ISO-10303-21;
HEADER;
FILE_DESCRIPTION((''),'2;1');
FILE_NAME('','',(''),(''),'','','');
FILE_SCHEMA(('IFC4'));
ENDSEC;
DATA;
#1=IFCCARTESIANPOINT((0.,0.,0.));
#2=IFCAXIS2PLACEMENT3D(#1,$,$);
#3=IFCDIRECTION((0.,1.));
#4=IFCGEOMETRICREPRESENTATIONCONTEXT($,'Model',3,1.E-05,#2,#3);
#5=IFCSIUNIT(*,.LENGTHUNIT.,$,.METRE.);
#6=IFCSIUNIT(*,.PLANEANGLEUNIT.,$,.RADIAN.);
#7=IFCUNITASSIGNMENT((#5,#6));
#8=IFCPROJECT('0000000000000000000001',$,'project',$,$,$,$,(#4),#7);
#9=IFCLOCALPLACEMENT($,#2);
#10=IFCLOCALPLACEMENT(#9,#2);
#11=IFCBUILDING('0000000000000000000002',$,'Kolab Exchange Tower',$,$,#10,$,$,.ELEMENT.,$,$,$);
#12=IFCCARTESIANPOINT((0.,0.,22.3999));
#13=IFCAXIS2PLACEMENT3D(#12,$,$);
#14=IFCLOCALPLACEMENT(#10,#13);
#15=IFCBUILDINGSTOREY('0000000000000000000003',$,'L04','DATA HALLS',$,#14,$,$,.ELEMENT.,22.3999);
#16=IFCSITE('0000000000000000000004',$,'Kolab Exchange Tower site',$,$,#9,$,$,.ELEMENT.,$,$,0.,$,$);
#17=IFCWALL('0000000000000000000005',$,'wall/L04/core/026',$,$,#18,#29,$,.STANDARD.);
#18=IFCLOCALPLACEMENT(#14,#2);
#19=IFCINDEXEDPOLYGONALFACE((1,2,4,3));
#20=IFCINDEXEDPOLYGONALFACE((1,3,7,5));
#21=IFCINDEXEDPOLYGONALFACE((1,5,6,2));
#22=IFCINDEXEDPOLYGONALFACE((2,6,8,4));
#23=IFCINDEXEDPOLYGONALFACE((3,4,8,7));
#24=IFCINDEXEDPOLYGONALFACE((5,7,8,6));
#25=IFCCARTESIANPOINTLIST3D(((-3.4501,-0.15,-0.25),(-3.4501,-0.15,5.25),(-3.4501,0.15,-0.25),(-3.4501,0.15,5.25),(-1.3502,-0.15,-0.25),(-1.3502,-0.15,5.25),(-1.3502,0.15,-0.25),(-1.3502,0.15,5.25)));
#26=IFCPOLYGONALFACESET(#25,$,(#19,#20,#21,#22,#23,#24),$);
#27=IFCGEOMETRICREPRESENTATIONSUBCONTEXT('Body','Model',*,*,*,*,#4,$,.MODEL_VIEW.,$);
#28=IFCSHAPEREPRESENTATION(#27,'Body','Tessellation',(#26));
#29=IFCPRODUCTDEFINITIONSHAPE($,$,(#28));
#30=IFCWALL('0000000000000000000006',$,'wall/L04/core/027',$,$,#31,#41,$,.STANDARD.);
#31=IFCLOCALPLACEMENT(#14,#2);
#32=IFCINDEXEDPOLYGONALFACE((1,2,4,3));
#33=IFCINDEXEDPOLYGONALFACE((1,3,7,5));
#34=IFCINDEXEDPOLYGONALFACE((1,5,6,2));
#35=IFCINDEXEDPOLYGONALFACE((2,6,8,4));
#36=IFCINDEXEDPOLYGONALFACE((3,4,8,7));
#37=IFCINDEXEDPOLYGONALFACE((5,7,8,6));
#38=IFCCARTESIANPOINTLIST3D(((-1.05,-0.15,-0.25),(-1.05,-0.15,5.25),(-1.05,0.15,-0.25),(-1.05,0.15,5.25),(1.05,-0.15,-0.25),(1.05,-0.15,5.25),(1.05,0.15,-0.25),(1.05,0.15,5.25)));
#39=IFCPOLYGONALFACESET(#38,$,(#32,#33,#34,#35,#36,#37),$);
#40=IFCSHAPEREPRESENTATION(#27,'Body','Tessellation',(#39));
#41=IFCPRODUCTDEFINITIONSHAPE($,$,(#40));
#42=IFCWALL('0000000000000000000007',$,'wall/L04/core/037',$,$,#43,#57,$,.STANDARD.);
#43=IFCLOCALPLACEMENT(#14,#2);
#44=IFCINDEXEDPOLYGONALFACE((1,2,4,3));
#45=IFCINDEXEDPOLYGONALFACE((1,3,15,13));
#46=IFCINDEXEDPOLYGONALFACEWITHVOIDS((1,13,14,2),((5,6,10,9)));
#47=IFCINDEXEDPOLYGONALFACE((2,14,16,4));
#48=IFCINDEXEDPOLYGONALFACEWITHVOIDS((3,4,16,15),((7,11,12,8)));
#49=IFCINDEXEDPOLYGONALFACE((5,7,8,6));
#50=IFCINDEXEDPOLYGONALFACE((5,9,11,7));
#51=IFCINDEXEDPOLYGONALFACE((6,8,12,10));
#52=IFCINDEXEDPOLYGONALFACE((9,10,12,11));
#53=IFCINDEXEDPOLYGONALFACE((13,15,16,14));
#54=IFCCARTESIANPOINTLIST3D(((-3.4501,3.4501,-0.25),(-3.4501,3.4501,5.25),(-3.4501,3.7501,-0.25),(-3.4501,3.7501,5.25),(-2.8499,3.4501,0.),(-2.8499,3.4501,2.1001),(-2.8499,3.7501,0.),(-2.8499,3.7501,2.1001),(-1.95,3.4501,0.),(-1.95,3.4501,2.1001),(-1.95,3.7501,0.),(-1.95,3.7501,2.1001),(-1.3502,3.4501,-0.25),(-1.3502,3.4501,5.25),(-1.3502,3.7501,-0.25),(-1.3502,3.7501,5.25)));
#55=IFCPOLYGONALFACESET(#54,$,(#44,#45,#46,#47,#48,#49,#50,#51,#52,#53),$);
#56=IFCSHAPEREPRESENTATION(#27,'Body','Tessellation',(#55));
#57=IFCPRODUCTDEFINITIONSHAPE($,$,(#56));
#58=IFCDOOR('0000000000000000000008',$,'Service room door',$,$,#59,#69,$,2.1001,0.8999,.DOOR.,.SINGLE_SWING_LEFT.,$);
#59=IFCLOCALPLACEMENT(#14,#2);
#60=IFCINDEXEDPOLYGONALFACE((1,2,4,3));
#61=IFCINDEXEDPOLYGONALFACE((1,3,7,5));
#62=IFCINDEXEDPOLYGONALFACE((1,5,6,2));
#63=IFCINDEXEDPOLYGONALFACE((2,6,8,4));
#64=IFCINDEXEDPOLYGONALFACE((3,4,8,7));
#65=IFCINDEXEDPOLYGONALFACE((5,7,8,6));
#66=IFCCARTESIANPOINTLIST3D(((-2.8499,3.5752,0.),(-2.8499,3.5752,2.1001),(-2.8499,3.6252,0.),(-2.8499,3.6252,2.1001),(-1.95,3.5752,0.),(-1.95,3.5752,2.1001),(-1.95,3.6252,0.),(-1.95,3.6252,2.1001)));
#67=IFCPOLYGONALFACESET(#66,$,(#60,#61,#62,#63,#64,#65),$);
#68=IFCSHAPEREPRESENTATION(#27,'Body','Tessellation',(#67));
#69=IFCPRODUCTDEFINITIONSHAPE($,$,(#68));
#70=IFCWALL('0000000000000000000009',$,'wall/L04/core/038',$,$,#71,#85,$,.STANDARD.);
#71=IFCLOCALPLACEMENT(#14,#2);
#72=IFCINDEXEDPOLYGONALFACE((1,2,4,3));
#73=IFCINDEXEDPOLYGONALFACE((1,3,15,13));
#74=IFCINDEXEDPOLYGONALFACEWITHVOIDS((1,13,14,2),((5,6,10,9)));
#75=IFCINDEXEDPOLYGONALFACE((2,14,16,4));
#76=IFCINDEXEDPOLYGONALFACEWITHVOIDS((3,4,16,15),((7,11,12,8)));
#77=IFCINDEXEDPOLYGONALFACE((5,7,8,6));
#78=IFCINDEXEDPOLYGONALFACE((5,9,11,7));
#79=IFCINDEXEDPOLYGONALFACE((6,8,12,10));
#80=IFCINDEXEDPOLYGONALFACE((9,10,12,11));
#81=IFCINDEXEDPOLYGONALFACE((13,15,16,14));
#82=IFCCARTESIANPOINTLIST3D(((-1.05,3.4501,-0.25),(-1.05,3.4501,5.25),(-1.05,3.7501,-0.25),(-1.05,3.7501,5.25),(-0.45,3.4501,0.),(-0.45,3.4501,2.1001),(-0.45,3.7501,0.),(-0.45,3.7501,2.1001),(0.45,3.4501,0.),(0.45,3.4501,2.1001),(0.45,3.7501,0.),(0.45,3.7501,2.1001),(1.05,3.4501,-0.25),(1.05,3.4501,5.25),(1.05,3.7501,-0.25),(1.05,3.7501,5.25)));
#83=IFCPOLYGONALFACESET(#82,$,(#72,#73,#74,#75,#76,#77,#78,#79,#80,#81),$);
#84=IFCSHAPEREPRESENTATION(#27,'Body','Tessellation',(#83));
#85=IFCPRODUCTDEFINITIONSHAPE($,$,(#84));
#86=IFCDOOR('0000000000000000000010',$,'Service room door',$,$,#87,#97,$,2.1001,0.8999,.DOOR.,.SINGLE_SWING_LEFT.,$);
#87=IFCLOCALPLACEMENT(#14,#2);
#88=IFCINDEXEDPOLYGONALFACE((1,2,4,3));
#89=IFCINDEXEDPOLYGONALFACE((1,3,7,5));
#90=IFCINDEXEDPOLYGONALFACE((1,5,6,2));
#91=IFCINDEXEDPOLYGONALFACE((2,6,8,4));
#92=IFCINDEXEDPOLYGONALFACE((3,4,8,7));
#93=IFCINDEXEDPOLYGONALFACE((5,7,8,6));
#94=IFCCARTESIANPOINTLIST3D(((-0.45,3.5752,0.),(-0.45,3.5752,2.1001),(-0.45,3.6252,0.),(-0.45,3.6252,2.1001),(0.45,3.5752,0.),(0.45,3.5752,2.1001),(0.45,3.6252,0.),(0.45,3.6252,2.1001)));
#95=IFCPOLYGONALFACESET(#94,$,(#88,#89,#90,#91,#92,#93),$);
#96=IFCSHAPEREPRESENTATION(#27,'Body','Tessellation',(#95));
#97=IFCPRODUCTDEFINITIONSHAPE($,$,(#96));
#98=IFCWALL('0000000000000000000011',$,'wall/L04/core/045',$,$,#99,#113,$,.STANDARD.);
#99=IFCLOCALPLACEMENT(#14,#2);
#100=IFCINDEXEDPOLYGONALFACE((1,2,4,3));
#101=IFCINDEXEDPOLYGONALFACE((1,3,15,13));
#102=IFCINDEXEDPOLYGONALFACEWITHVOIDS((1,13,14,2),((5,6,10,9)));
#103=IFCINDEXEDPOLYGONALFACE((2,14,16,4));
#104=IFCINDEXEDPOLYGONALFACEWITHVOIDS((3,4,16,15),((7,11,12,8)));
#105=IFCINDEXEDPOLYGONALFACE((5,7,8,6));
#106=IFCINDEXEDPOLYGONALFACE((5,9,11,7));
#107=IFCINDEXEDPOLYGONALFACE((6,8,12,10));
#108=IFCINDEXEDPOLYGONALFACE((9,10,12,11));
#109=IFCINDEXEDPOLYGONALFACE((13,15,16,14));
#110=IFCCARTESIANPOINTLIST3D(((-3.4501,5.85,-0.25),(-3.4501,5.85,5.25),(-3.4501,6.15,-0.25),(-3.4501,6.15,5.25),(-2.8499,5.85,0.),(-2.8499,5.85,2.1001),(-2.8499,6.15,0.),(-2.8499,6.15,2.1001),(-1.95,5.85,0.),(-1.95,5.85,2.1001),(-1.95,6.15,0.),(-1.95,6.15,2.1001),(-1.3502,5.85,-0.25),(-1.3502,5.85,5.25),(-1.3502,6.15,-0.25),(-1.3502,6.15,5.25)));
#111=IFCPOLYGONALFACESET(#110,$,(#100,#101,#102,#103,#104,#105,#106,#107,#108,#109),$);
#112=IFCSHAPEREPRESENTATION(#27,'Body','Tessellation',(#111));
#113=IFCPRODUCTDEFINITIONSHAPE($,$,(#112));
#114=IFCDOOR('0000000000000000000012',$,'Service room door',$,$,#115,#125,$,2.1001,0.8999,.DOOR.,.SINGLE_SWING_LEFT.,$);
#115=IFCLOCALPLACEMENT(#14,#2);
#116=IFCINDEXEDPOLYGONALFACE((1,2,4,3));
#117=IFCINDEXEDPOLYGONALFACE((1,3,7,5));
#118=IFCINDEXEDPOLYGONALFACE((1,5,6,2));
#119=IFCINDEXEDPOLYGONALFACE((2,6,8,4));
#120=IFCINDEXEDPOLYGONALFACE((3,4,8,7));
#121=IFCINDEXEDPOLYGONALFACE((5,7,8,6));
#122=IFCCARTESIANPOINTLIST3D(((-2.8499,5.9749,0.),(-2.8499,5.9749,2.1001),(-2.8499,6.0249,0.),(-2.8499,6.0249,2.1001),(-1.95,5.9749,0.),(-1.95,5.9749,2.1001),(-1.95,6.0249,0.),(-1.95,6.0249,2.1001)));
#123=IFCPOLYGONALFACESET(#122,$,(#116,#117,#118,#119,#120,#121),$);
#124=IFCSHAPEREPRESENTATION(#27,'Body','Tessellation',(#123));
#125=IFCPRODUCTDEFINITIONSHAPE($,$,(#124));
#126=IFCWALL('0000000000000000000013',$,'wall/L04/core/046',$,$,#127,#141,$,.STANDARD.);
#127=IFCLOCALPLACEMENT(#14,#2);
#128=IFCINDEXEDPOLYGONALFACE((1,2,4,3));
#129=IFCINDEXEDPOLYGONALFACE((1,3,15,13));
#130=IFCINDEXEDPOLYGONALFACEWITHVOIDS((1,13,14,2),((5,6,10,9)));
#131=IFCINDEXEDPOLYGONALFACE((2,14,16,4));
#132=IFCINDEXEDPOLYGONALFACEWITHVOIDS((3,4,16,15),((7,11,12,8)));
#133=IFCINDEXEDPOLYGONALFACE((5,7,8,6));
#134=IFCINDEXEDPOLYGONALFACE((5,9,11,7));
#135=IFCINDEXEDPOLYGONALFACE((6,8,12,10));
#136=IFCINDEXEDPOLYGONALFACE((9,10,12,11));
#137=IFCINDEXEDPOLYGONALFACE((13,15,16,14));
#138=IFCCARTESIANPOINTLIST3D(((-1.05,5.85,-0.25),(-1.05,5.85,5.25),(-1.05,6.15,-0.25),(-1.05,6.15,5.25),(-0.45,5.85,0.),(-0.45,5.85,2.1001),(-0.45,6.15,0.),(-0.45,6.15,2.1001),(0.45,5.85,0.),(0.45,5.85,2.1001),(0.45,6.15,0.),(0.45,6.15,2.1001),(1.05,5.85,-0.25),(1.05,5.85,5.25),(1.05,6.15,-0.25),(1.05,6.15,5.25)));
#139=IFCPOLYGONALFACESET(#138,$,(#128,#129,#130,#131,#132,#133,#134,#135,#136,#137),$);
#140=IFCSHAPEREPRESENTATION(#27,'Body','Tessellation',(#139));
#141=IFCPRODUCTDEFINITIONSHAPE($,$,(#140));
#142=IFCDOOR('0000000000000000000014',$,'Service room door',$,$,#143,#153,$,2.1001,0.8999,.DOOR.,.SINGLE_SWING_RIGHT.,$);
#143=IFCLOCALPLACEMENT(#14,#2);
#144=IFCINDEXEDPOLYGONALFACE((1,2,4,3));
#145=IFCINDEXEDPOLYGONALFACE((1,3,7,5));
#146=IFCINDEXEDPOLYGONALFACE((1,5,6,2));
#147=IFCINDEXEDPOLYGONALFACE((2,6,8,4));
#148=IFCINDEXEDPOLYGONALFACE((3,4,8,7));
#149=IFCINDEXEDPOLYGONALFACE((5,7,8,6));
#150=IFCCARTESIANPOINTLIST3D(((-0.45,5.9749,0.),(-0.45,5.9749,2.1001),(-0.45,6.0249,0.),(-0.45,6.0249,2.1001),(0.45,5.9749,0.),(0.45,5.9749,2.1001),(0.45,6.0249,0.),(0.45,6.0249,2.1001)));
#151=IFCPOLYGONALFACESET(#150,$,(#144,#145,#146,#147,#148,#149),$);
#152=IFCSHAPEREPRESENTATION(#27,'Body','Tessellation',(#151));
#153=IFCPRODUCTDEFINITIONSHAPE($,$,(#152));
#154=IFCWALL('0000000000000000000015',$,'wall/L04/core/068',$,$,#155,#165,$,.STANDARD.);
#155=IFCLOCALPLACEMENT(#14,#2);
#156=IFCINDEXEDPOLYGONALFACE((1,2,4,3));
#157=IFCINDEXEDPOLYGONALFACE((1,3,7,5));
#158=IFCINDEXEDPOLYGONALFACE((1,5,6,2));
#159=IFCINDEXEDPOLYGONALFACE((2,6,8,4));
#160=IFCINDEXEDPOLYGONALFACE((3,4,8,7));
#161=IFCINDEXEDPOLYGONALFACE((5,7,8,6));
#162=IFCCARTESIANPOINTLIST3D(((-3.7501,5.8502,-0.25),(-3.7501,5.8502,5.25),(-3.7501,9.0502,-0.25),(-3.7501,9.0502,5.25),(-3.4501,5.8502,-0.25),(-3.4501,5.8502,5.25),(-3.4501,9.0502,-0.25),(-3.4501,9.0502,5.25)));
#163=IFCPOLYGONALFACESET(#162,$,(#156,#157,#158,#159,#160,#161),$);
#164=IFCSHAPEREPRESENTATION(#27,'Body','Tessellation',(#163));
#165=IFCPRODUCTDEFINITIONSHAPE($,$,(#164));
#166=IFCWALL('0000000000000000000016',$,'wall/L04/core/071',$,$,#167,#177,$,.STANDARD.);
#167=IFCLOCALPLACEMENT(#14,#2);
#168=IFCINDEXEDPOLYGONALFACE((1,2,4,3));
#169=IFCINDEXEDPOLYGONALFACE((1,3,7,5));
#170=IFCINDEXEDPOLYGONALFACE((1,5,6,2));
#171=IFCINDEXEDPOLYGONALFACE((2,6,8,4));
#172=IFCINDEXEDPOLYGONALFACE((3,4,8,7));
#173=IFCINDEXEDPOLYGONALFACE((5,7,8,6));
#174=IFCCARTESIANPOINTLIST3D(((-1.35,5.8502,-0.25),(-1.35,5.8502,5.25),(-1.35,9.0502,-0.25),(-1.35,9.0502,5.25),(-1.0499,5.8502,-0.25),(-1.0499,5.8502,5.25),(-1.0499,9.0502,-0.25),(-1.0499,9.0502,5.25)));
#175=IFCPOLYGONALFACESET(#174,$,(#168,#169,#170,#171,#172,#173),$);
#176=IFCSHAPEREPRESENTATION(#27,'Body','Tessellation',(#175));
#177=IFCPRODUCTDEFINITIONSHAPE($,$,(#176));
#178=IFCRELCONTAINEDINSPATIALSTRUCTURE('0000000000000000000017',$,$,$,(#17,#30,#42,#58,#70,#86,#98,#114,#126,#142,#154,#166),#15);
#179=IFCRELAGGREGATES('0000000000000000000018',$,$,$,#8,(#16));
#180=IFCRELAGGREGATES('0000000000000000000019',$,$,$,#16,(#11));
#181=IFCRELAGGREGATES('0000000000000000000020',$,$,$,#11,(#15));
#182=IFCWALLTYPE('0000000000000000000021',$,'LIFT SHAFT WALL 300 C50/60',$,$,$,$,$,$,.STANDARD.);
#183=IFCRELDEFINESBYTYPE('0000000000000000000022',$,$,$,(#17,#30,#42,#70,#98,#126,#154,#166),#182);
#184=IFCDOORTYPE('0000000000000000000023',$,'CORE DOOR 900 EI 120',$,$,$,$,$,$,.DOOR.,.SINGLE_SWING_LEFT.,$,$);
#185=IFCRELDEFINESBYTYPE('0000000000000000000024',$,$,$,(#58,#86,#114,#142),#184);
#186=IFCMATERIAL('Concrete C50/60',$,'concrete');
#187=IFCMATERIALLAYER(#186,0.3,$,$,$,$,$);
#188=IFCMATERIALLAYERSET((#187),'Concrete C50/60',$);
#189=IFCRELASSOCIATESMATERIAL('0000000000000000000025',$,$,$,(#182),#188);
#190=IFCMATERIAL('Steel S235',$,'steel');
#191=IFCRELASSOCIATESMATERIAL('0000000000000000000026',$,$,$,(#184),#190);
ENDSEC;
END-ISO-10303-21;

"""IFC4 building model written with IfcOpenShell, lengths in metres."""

from ifc_helpers import new_model, si_unit, direction, frame, frame_2d, origin, place, context, subcontext, project, spatial, rectangle, extrude, material, layer, layer_set, type_object, element, fill, save


model = new_model("IFC4")

# Units and contexts
model_context = context("Model", 3, precision=1e-05, world=origin(), true_north=direction((0.0, 1.0)))
body_context = subcontext(model_context, "Body", "Model", "MODEL_VIEW")
ifc_project = project(units=[si_unit("LENGTHUNIT", "METRE"), si_unit("PLANEANGLEUNIT", "RADIAN")], contexts=[model_context])

# Site, building, storey
site_placement = place(None, origin())
site = spatial("IfcSite", under=ifc_project, at=site_placement, Name="Kolab Exchange Tower site", CompositionType="ELEMENT", RefElevation=0.0)
building_placement = place(site_placement, origin())
building = spatial("IfcBuilding", under=site, at=building_placement, Name="Kolab Exchange Tower", CompositionType="ELEMENT")
storey_placement = place(building_placement, frame((0.0, 0.0, 22.3999)))
storey = spatial("IfcBuildingStorey", under=building, at=storey_placement, Name="L04", Description="DATA HALLS", CompositionType="ELEMENT", Elevation=22.3999)

# Walls
ifc_material_1 = material(Name="Concrete C50/60", Category="concrete")
ifc_layer_1 = layer(ifc_material_1, 0.3)
ifc_layer_set_1 = layer_set([ifc_layer_1], Name="Concrete C50/60")
wall_type_1 = type_object("IfcWallType", Name="LIFT SHAFT WALL 300 C50/60", PredefinedType="STANDARD", material=ifc_layer_set_1)
wall_1_placement = place(storey_placement, frame((-3.45, 0.0, -0.25), z_axis=(0.0, 0.0, 1.0), x_axis=(1.0, 0.0, 0.0)))
element("IfcWall", 1, at=wall_1_placement, inside=storey, type_object=wall_type_1, Name="wall/L04/core/026", PredefinedType="STANDARD", context=body_context, shape_type="SweptSolid", body=[
    extrude(rectangle(XDim=2.0999, YDim=0.3, at=frame_2d((1.0498, 0.0))), origin(), (0.0, 0.0, 1.0), 5.5),
])
wall_2_placement = place(storey_placement, frame((-1.05, 0.0, -0.25), z_axis=(0.0, 0.0, 1.0), x_axis=(1.0, 0.0, 0.0)))
element("IfcWall", 2, at=wall_2_placement, inside=storey, type_object=wall_type_1, Name="wall/L04/core/027", PredefinedType="STANDARD", context=body_context, shape_type="SweptSolid", body=[
    extrude(rectangle(XDim=2.1001, YDim=0.3, at=frame_2d((1.05, 0.0))), origin(), (0.0, 0.0, 1.0), 5.5),
])

# Walls, openings, doors
wall_3_placement = place(storey_placement, frame((-3.45, 3.6001, -0.25), z_axis=(0.0, 0.0, 1.0), x_axis=(1.0, 0.0, 0.0)))
wall_3 = element("IfcWall", 3, at=wall_3_placement, inside=storey, type_object=wall_type_1, Name="wall/L04/core/037", PredefinedType="STANDARD", context=body_context, shape_type="SweptSolid", body=[
    extrude(rectangle(XDim=2.0999, YDim=0.3, at=frame_2d((1.0498, 0.0))), origin(), (0.0, 0.0, 1.0), 5.5),
])
opening_1_placement = place(wall_3_placement, frame((0.6001, 0.0, 0.25)))
opening_1 = element("IfcOpeningElement", 4, at=opening_1_placement, cuts=wall_3, PredefinedType="OPENING", context=body_context, shape_type="SweptSolid", body=[
    extrude(rectangle(XDim=0.8999, YDim=2.1001, at=frame_2d((0.45, 1.05))), frame((0.0, 0.1602, 0.0), z_axis=(0.0, -1.0, 0.0), x_axis=(1.0, 0.0, 0.0)), (0.0, 0.0, 1.0), 0.3201),
])
ifc_material_2 = material(Name="Steel S235", Category="steel")
door_type = type_object("IfcDoorType", Name="CORE DOOR 900 EI 120", OperationType="SINGLE_SWING_LEFT", PredefinedType="DOOR", material=ifc_material_2)
door_1_placement = place(opening_1_placement, frame((0.8999, 0.0, 0.0), z_axis=(0.0, 0.0, 1.0), x_axis=(-1.0, 0.0, 0.0)))
door_1 = element("IfcDoor", 5, at=door_1_placement, inside=storey, type_object=door_type, Name="Service room door", OperationType="SINGLE_SWING_LEFT", OverallHeight=2.1001, OverallWidth=0.8999, PredefinedType="DOOR", context=body_context, shape_type="SweptSolid", body=[
    extrude(rectangle(XDim=0.8999, YDim=2.1001, at=frame_2d((0.45, 1.05))), frame((0.0, 0.0249, 0.0), z_axis=(0.0, -1.0, 0.0), x_axis=(1.0, 0.0, 0.0)), (0.0, 0.0, 1.0), 0.05),
])
fill(opening_1, door_1)
wall_4_placement = place(storey_placement, frame((-1.05, 3.6001, -0.25), z_axis=(0.0, 0.0, 1.0), x_axis=(1.0, 0.0, 0.0)))
wall_4 = element("IfcWall", 6, at=wall_4_placement, inside=storey, type_object=wall_type_1, Name="wall/L04/core/038", PredefinedType="STANDARD", context=body_context, shape_type="SweptSolid", body=[
    extrude(rectangle(XDim=2.1001, YDim=0.3, at=frame_2d((1.05, 0.0))), origin(), (0.0, 0.0, 1.0), 5.5),
])
opening_2_placement = place(wall_4_placement, frame((0.6001, 0.0, 0.25)))
opening_2 = element("IfcOpeningElement", 7, at=opening_2_placement, cuts=wall_4, PredefinedType="OPENING", context=body_context, shape_type="SweptSolid", body=[
    extrude(rectangle(XDim=0.8999, YDim=2.1001, at=frame_2d((0.45, 1.05))), frame((0.0, 0.1602, 0.0), z_axis=(0.0, -1.0, 0.0), x_axis=(1.0, 0.0, 0.0)), (0.0, 0.0, 1.0), 0.3201),
])
door_2_placement = place(opening_2_placement, frame((0.8999, 0.0, 0.0), z_axis=(0.0, 0.0, 1.0), x_axis=(-1.0, 0.0, 0.0)))
door_2 = element("IfcDoor", 8, at=door_2_placement, inside=storey, type_object=door_type, Name="Service room door", OperationType="SINGLE_SWING_LEFT", OverallHeight=2.1001, OverallWidth=0.8999, PredefinedType="DOOR", context=body_context, shape_type="SweptSolid", body=[
    extrude(rectangle(XDim=0.8999, YDim=2.1001, at=frame_2d((0.45, 1.05))), frame((0.0, 0.0249, 0.0), z_axis=(0.0, -1.0, 0.0), x_axis=(1.0, 0.0, 0.0)), (0.0, 0.0, 1.0), 0.05),
])
fill(opening_2, door_2)
wall_5_placement = place(storey_placement, frame((-3.45, 6.0, -0.25), z_axis=(0.0, 0.0, 1.0), x_axis=(1.0, 0.0, 0.0)))
wall_5 = element("IfcWall", 9, at=wall_5_placement, inside=storey, type_object=wall_type_1, Name="wall/L04/core/045", PredefinedType="STANDARD", context=body_context, shape_type="SweptSolid", body=[
    extrude(rectangle(XDim=2.0999, YDim=0.3, at=frame_2d((1.0498, 0.0))), origin(), (0.0, 0.0, 1.0), 5.5),
])
opening_3_placement = place(wall_5_placement, frame((0.6001, 0.0, 0.25)))
opening_3 = element("IfcOpeningElement", 10, at=opening_3_placement, cuts=wall_5, PredefinedType="OPENING", context=body_context, shape_type="SweptSolid", body=[
    extrude(rectangle(XDim=0.8999, YDim=2.1001, at=frame_2d((0.45, 1.05))), frame((0.0, 0.1602, 0.0), z_axis=(0.0, -1.0, 0.0), x_axis=(1.0, 0.0, 0.0)), (0.0, 0.0, 1.0), 0.3201),
])
door_3_placement = place(opening_3_placement, origin())
door_3 = element("IfcDoor", 11, at=door_3_placement, inside=storey, type_object=door_type, Name="Service room door", OperationType="SINGLE_SWING_LEFT", OverallHeight=2.1001, OverallWidth=0.8999, PredefinedType="DOOR", context=body_context, shape_type="SweptSolid", body=[
    extrude(rectangle(XDim=0.8999, YDim=2.1001, at=frame_2d((0.45, 1.05))), frame((0.0, 0.0249, 0.0), z_axis=(0.0, -1.0, 0.0), x_axis=(1.0, 0.0, 0.0)), (0.0, 0.0, 1.0), 0.05),
])
fill(opening_3, door_3)
wall_6_placement = place(storey_placement, frame((-1.05, 6.0, -0.25), z_axis=(0.0, 0.0, 1.0), x_axis=(1.0, 0.0, 0.0)))
wall_6 = element("IfcWall", 12, at=wall_6_placement, inside=storey, type_object=wall_type_1, Name="wall/L04/core/046", PredefinedType="STANDARD", context=body_context, shape_type="SweptSolid", body=[
    extrude(rectangle(XDim=2.1001, YDim=0.3, at=frame_2d((1.05, 0.0))), origin(), (0.0, 0.0, 1.0), 5.5),
])
opening_4_placement = place(wall_6_placement, frame((0.6001, 0.0, 0.25)))
opening_4 = element("IfcOpeningElement", 13, at=opening_4_placement, cuts=wall_6, PredefinedType="OPENING", context=body_context, shape_type="SweptSolid", body=[
    extrude(rectangle(XDim=0.8999, YDim=2.1001, at=frame_2d((0.45, 1.05))), frame((0.0, 0.1602, 0.0), z_axis=(0.0, -1.0, 0.0), x_axis=(1.0, 0.0, 0.0)), (0.0, 0.0, 1.0), 0.3201),
])
door_4_placement = place(opening_4_placement, origin())
door_4 = element("IfcDoor", 14, at=door_4_placement, inside=storey, type_object=door_type, Name="Service room door", OperationType="SINGLE_SWING_RIGHT", OverallHeight=2.1001, OverallWidth=0.8999, PredefinedType="DOOR", context=body_context, shape_type="SweptSolid", body=[
    extrude(rectangle(XDim=0.8999, YDim=2.1001, at=frame_2d((0.45, 1.05))), frame((0.0, 0.0249, 0.0), z_axis=(0.0, -1.0, 0.0), x_axis=(1.0, 0.0, 0.0)), (0.0, 0.0, 1.0), 0.05),
])
fill(opening_4, door_4)

# Walls
for number, where, z_axis, x_axis, name in (
    (15, (-3.6001, 5.8501, -0.25), (0.0, 0.0, 1.0), (0.0, 1.0, 0.0), "wall/L04/core/068"),
    (16, (-1.2, 5.8501, -0.25), (0.0, 0.0, 1.0), (0.0, 1.0, 0.0), "wall/L04/core/071"),
):
    element("IfcWall", number, at=place(storey_placement, frame(where, z_axis=z_axis, x_axis=x_axis)), inside=storey, type_object=wall_type_1, Name=name, PredefinedType="STANDARD", context=body_context, shape_type="SweptSolid", body=[
        extrude(rectangle(XDim=3.2, YDim=0.3, at=frame_2d((1.6001, 0.0))), origin(), (0.0, 0.0, 1.0), 5.5),
    ])

save(model, "model.ifc")
